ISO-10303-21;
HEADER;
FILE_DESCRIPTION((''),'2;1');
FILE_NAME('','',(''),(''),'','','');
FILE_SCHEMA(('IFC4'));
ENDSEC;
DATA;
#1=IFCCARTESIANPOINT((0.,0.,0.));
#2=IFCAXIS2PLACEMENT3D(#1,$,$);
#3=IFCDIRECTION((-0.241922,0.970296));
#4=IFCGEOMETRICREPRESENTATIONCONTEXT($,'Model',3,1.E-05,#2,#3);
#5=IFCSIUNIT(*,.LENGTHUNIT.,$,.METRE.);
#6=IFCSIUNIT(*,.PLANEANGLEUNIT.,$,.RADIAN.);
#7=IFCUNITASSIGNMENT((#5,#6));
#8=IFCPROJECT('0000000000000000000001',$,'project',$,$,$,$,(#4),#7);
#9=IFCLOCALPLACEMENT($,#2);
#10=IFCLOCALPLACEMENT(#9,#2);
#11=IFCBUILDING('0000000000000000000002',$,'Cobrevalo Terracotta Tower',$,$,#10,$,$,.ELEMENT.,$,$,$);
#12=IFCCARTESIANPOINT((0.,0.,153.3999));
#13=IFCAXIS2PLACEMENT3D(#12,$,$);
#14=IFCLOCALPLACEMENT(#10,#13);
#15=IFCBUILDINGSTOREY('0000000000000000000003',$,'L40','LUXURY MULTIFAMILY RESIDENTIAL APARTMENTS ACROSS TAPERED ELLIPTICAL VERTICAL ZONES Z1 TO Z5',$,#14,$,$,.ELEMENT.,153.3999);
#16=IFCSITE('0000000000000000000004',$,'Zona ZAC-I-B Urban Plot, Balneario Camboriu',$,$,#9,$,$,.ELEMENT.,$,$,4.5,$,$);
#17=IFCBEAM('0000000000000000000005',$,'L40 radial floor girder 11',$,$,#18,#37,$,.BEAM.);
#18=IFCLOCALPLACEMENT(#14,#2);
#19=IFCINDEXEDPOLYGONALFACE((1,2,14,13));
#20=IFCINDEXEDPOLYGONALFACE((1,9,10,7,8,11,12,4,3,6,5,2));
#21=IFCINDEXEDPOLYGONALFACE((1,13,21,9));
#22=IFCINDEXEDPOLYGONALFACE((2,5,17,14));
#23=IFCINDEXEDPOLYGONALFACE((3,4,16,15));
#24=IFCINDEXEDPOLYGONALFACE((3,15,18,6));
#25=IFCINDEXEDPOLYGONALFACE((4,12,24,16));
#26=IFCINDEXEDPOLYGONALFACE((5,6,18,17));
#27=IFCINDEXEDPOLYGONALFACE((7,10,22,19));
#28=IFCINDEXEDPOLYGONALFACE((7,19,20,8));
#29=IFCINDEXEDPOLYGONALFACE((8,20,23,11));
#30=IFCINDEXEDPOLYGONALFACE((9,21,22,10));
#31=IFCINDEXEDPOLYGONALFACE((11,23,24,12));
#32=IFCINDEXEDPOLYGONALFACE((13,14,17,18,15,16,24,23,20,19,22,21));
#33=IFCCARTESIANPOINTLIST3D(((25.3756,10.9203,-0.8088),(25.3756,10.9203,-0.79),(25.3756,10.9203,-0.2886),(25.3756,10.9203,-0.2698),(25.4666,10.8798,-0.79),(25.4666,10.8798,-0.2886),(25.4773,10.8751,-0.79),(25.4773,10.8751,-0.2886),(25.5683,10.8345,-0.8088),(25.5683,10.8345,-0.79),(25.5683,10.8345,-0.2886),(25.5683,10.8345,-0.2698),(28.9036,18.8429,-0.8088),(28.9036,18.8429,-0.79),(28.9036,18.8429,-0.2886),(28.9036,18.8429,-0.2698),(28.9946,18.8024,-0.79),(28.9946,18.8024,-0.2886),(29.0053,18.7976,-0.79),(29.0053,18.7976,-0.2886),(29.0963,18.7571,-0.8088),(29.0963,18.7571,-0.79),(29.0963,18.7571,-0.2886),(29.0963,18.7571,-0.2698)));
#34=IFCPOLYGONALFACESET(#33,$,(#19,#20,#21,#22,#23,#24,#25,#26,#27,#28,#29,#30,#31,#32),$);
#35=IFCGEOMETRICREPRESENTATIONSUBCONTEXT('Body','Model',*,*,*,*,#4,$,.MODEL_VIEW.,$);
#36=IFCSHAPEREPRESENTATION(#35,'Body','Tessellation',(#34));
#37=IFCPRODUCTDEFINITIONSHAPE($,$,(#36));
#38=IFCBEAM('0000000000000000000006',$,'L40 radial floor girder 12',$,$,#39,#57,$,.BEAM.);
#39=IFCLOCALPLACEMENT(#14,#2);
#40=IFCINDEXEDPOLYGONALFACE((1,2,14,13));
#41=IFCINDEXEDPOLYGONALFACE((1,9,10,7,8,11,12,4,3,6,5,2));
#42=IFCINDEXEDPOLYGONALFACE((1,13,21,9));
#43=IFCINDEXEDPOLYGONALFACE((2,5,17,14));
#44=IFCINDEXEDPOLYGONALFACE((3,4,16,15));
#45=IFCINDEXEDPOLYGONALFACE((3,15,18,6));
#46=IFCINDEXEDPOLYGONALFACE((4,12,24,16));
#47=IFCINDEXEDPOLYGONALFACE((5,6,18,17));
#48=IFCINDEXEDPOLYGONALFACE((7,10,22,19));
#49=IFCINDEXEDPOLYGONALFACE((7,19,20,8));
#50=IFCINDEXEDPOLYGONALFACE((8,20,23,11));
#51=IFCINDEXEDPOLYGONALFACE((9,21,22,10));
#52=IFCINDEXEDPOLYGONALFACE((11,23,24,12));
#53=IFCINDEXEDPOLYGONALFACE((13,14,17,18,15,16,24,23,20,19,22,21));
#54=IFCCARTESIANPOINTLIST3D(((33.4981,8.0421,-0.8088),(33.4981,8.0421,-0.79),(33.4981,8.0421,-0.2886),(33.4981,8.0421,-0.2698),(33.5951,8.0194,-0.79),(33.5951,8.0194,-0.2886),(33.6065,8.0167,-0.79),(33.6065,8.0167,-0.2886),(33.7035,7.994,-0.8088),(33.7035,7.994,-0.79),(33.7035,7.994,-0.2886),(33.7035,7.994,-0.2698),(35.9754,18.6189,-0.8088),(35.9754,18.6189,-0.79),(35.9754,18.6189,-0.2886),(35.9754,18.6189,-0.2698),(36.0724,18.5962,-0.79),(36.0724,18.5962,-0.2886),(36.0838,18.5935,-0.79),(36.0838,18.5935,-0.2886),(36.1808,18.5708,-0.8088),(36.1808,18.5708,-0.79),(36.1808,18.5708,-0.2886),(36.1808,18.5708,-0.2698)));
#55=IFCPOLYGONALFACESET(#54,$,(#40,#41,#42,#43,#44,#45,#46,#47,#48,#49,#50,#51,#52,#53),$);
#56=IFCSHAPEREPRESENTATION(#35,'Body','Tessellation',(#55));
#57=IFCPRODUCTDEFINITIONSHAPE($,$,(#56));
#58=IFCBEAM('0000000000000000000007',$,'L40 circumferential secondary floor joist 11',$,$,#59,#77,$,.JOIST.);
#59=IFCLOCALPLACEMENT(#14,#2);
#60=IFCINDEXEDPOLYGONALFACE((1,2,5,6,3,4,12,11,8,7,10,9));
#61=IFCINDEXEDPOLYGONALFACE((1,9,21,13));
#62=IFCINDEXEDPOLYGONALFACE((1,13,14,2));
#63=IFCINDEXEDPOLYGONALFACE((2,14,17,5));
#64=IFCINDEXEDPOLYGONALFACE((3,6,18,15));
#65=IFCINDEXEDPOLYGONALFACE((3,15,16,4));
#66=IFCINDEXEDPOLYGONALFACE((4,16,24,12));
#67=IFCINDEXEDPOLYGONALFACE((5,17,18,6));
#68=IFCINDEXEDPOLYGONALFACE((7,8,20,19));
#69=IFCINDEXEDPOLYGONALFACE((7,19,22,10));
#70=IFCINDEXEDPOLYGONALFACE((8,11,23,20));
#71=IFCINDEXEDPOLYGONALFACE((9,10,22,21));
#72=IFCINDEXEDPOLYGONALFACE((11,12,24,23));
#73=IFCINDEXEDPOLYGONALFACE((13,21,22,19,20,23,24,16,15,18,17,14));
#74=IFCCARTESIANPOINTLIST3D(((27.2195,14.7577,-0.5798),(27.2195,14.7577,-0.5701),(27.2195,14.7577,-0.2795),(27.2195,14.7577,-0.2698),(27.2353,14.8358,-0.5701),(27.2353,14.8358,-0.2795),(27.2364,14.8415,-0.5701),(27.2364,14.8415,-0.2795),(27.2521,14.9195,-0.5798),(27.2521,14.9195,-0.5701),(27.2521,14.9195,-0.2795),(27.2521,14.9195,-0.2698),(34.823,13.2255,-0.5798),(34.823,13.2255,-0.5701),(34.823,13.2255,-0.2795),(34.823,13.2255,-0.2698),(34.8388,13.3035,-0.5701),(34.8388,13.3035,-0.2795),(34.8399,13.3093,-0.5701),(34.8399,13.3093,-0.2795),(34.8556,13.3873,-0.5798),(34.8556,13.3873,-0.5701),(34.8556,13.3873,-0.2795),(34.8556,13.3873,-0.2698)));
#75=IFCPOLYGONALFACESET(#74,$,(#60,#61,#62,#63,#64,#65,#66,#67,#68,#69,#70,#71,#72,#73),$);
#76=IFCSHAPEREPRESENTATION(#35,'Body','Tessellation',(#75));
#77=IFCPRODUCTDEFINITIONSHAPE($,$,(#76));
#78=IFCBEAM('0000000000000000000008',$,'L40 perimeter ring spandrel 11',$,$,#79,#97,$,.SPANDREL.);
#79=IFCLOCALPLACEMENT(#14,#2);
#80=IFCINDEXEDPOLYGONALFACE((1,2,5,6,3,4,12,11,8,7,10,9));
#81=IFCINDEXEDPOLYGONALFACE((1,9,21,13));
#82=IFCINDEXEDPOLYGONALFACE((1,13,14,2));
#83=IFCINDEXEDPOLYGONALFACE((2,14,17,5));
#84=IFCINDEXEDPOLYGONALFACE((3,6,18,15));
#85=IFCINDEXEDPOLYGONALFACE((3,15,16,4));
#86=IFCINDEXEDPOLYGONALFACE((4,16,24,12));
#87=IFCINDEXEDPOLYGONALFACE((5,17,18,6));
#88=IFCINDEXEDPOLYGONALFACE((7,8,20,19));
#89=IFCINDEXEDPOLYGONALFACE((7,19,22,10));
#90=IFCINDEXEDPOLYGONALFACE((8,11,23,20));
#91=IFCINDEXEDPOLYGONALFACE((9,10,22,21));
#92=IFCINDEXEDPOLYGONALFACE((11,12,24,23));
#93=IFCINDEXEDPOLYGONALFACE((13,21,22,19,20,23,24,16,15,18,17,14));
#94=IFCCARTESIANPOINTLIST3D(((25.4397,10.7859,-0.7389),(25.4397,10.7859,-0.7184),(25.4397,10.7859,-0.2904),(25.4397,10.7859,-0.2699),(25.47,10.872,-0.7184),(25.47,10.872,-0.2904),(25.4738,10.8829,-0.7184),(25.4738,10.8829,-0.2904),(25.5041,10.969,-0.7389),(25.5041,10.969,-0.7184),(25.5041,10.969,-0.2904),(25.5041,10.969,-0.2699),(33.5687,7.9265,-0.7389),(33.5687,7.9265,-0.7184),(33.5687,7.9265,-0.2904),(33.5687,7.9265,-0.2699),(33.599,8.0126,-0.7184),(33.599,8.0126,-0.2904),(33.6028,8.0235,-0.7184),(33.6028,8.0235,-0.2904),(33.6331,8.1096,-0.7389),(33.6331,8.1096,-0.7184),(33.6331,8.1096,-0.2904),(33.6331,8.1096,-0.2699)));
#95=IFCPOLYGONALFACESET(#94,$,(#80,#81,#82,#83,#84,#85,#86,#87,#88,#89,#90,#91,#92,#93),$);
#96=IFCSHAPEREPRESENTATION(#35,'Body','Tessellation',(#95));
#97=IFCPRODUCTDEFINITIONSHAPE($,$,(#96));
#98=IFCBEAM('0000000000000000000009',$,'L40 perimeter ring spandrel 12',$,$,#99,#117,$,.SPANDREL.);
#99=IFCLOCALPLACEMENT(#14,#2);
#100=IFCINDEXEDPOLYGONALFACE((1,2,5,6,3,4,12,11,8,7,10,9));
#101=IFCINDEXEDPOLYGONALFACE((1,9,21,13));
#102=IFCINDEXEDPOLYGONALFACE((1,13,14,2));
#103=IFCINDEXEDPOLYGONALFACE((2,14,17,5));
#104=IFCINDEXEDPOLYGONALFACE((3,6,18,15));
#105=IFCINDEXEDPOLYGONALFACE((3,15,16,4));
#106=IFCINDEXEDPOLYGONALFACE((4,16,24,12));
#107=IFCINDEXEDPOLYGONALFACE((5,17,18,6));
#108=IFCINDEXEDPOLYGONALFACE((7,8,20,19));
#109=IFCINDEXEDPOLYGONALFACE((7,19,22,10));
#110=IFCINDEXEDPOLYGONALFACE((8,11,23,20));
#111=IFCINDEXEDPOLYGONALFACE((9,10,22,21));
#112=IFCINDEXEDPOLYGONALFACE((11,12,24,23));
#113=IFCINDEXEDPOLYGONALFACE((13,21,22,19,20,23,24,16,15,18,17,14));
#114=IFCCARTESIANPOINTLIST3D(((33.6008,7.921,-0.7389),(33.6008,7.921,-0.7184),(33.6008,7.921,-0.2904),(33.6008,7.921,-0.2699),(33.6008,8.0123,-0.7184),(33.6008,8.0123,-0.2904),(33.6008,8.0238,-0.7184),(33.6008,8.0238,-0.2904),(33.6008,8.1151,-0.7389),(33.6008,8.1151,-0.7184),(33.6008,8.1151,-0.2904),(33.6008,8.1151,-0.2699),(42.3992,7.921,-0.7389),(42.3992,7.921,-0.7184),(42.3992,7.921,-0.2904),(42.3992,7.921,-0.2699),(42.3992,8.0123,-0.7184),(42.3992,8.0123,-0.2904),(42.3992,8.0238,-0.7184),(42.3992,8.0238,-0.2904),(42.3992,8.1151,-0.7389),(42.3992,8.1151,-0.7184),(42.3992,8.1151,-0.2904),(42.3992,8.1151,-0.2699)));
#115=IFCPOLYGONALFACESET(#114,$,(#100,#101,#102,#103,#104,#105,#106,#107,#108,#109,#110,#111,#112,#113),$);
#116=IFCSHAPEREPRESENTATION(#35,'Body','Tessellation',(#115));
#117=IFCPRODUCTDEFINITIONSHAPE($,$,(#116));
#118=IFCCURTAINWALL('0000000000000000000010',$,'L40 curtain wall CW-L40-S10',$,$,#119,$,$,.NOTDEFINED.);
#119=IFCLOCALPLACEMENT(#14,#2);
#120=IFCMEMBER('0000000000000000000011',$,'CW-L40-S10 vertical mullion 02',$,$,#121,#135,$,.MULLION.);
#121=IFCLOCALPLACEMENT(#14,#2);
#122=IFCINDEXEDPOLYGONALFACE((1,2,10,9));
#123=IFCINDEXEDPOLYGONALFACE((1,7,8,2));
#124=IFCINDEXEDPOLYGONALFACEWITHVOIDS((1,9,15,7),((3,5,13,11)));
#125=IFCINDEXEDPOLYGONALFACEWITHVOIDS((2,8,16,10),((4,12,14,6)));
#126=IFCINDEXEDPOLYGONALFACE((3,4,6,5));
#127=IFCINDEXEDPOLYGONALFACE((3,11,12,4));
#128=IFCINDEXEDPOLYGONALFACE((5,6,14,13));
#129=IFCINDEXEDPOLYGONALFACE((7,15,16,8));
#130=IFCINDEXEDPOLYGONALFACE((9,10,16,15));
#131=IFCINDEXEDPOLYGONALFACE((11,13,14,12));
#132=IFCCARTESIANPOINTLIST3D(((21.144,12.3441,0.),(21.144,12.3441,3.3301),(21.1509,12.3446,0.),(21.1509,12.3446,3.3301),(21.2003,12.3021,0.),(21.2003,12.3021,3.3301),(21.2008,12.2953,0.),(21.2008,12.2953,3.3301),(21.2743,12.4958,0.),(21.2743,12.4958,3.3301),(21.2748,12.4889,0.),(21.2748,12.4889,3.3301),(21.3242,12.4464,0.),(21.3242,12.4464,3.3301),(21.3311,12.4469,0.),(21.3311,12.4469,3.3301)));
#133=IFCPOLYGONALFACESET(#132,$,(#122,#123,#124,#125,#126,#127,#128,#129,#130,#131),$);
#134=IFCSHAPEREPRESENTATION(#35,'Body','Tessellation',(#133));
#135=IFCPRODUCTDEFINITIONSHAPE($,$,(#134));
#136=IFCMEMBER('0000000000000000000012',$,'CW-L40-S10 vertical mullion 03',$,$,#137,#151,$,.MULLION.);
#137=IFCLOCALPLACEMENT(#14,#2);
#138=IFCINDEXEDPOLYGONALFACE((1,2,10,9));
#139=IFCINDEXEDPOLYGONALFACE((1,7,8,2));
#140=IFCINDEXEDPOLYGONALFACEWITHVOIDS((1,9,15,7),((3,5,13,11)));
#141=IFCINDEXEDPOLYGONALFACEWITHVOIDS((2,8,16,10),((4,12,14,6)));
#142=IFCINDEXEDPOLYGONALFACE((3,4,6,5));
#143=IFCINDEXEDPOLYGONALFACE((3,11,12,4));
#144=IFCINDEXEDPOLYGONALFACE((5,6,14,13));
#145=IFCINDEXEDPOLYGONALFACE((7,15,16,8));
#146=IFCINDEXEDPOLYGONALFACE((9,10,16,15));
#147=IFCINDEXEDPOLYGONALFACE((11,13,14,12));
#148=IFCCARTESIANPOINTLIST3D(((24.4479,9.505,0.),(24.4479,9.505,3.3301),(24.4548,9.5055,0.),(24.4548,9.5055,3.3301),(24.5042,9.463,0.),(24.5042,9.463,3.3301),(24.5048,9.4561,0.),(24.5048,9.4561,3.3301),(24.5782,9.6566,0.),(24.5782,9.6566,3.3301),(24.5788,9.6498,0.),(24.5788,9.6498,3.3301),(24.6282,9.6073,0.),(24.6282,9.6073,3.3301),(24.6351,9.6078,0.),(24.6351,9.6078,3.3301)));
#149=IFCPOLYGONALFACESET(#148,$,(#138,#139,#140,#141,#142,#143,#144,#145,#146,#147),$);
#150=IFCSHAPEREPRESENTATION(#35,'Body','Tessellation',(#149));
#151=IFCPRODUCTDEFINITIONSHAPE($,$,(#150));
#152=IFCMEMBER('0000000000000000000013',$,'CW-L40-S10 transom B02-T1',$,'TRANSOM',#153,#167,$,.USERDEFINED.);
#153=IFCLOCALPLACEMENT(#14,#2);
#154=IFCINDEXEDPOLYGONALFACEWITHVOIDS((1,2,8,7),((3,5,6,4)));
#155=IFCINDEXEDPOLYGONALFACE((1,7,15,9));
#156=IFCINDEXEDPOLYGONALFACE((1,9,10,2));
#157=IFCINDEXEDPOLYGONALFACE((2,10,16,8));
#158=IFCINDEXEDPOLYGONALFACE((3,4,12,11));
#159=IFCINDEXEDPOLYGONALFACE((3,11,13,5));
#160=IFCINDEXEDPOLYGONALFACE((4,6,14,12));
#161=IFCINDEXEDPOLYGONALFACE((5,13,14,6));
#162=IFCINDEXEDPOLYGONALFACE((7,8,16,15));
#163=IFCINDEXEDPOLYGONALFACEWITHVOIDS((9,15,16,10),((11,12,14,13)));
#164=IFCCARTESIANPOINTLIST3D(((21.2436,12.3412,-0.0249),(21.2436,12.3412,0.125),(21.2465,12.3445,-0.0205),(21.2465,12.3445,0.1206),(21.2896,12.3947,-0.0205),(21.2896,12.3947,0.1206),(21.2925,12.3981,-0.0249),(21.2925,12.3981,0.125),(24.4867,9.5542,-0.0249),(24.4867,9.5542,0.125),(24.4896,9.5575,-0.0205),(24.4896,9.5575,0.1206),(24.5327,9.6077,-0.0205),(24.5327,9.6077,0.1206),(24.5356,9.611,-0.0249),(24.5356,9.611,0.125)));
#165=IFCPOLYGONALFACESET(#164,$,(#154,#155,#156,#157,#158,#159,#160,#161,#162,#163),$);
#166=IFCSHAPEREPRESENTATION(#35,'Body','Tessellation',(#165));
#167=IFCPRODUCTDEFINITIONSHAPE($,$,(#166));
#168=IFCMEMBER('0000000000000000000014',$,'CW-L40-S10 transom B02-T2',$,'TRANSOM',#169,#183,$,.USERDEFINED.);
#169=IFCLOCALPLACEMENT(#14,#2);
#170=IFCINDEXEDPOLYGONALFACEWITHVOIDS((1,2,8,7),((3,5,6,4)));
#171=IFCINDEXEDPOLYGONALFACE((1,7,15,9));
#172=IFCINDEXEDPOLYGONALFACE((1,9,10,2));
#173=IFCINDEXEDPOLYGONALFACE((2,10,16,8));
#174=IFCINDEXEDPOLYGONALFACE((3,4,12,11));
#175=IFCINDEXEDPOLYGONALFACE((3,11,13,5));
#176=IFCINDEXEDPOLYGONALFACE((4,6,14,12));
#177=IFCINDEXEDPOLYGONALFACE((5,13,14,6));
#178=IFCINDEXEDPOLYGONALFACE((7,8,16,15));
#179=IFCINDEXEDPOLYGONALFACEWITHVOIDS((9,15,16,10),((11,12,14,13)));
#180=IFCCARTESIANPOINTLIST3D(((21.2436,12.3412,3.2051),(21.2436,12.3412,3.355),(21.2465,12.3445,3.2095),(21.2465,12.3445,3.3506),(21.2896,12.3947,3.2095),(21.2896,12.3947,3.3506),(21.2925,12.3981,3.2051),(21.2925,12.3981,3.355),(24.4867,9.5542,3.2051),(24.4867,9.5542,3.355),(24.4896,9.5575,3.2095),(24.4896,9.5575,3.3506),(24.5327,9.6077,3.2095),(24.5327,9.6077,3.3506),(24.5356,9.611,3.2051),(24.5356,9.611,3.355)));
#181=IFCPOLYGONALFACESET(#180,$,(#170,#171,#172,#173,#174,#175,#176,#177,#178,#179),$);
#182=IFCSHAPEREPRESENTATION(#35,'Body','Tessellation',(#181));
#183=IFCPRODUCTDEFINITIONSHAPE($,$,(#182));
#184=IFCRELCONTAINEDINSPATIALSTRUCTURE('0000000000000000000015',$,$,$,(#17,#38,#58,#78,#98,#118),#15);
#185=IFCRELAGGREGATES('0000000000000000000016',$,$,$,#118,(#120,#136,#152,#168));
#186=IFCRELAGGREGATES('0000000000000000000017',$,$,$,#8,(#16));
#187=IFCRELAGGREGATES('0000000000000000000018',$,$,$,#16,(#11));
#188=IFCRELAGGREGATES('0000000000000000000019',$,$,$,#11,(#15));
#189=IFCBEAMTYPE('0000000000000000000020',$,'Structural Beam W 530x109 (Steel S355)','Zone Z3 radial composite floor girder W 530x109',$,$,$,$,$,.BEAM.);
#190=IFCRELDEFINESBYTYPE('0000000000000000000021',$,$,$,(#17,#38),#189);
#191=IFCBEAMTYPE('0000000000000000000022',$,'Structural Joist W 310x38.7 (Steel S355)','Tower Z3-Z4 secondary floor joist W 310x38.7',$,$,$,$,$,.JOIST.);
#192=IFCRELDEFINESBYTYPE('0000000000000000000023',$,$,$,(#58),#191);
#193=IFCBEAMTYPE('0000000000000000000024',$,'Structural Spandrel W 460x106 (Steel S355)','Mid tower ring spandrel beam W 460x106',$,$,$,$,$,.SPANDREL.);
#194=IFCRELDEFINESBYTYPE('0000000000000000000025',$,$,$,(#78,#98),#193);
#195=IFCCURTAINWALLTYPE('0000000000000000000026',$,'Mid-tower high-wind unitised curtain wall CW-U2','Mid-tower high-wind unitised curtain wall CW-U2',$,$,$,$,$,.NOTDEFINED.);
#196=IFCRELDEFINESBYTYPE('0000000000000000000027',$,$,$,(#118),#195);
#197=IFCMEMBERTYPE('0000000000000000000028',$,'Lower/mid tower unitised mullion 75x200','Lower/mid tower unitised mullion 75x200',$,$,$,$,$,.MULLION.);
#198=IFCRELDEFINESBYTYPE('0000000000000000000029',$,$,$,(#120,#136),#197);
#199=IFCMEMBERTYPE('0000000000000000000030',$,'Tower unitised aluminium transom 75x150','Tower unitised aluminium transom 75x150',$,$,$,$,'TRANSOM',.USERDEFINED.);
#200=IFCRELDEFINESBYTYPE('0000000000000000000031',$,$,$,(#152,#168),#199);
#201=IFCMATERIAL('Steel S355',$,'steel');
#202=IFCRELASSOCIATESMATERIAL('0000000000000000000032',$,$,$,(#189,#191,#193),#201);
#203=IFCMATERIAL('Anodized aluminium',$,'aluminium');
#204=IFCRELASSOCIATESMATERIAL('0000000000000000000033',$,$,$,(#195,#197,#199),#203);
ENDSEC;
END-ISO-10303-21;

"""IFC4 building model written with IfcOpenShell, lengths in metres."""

from ifc_helpers import new_model, si_unit, direction, frame, origin, origin_2d, place, context, subcontext, project, spatial, hollow_rectangle, i_section, extrude, source, transform, mapped, material, material_profile, profile_set, type_object, element, aggregate, save


model = new_model("IFC4")

# Units and contexts
model_context = context("Model", 3, precision=1e-05, world=origin(), true_north=direction((-0.241922, 0.970296)))
body_context = subcontext(model_context, "Body", "Model", "MODEL_VIEW")
ifc_project = project(units=[si_unit("LENGTHUNIT", "METRE"), si_unit("PLANEANGLEUNIT", "RADIAN")], contexts=[model_context])

# Site, building, storey
site_placement = place(None, origin())
site = spatial("IfcSite", under=ifc_project, at=site_placement, Name="Zona ZAC-I-B Urban Plot, Balneario Camboriu", CompositionType="ELEMENT", RefElevation=4.5)
building_placement = place(site_placement, origin())
building = spatial("IfcBuilding", under=site, at=building_placement, Name="Cobrevalo Terracotta Tower", CompositionType="ELEMENT")
storey_placement = place(building_placement, frame((0.0, 0.0, 153.3999)))
storey = spatial("IfcBuildingStorey", under=building, at=storey_placement, Name="L40", Description="LUXURY MULTIFAMILY RESIDENTIAL APARTMENTS ACROSS TAPERED ELLIPTICAL VERTICAL ZONES Z1 TO Z5", CompositionType="ELEMENT", Elevation=153.3999)

# Shared definitions
ifc_material_1 = material(Name="Steel S355", Category="steel")

# Beams
ifc_material_profile_1 = material_profile(ifc_material_1, i_section(OverallWidth=0.2109, OverallDepth=0.5391, WebThickness=0.0117, FlangeThickness=0.0188, at=origin_2d()), Name="W 530x109")
ifc_profile_set_1 = profile_set([ifc_material_profile_1], Name="Steel S355")
beam_type_1 = type_object("IfcBeamType", Name="Structural Beam W 530x109 (Steel S355)", Description="Zone Z3 radial composite floor girder W 530x109", PredefinedType="BEAM", material=ifc_profile_set_1)
beam_1_placement = place(storey_placement, frame((25.4719, 10.8774, -0.5393), z_axis=(0.406804, 0.913515, 0.0), x_axis=(-0.913515, 0.406804, 0.0)))
element("IfcBeam", 1, at=beam_1_placement, inside=storey, type_object=beam_type_1, Name="L40 radial floor girder 11", PredefinedType="BEAM", context=body_context, shape_type="SweptSolid", body=[
    extrude(i_section(OverallWidth=0.2109, OverallDepth=0.5391, WebThickness=0.0117, FlangeThickness=0.0188, at=origin_2d()), origin(), (0.0, 0.0, 1.0), 8.6726),
])
beam_2_placement = place(storey_placement, frame((33.6008, 8.0181, -0.5393), z_axis=(0.228046, 0.97365, 0.0), x_axis=(-0.97365, 0.228046, 0.0)))
element("IfcBeam", 2, at=beam_2_placement, inside=storey, type_object=beam_type_1, Name="L40 radial floor girder 12", PredefinedType="BEAM", context=body_context, shape_type="SweptSolid", body=[
    extrude(i_section(OverallWidth=0.2109, OverallDepth=0.5391, WebThickness=0.0117, FlangeThickness=0.0188, at=origin_2d()), origin(), (0.0, 0.0, 1.0), 10.863),
])
ifc_material_profile_2 = material_profile(ifc_material_1, i_section(OverallWidth=0.165, OverallDepth=0.3101, WebThickness=0.0059, FlangeThickness=0.0098, at=origin_2d()), Name="W 310x38.7")
ifc_profile_set_2 = profile_set([ifc_material_profile_2], Name="Steel S355")
beam_type_2 = type_object("IfcBeamType", Name="Structural Joist W 310x38.7 (Steel S355)", Description="Tower Z3-Z4 secondary floor joist W 310x38.7", PredefinedType="JOIST", material=ifc_profile_set_2)
beam_3_placement = place(storey_placement, frame((27.2358, 14.8386, -0.4248), z_axis=(0.980294, -0.197544, 0.0), x_axis=(0.197544, 0.980294, 0.0)))
element("IfcBeam", 3, at=beam_3_placement, inside=storey, type_object=beam_type_2, Name="L40 circumferential secondary floor joist 11", PredefinedType="JOIST", context=body_context, shape_type="SweptSolid", body=[
    extrude(i_section(OverallWidth=0.165, OverallDepth=0.3101, WebThickness=0.0059, FlangeThickness=0.0098, at=origin_2d()), origin(), (0.0, 0.0, 1.0), 7.7563),
])
ifc_material_profile_3 = material_profile(ifc_material_1, i_section(OverallWidth=0.1941, OverallDepth=0.469, WebThickness=0.0115, FlangeThickness=0.0205, at=origin_2d()), Name="W 460x106")
ifc_profile_set_3 = profile_set([ifc_material_profile_3], Name="Steel S355")
beam_type_3 = type_object("IfcBeamType", Name="Structural Spandrel W 460x106 (Steel S355)", Description="Mid tower ring spandrel beam W 460x106", PredefinedType="SPANDREL", material=ifc_profile_set_3)
beam_4_placement = place(storey_placement, frame((25.4719, 10.8774, -0.5044), z_axis=(0.943341, -0.331824, 0.0), x_axis=(0.331824, 0.943341, 0.0)))
element("IfcBeam", 4, at=beam_4_placement, inside=storey, type_object=beam_type_3, Name="L40 perimeter ring spandrel 11", PredefinedType="SPANDREL", context=body_context, shape_type="SweptSolid", body=[
    extrude(i_section(OverallWidth=0.1941, OverallDepth=0.469, WebThickness=0.0115, FlangeThickness=0.0205, at=origin_2d()), origin(), (0.0, 0.0, 1.0), 8.6172),
])
beam_5_placement = place(storey_placement, frame((33.6008, 8.0181, -0.5044), z_axis=(1.0, 0.0, 0.0), x_axis=(0.0, 1.0, 0.0)))
element("IfcBeam", 5, at=beam_5_placement, inside=storey, type_object=beam_type_3, Name="L40 perimeter ring spandrel 12", PredefinedType="SPANDREL", context=body_context, shape_type="SweptSolid", body=[
    extrude(i_section(OverallWidth=0.1941, OverallDepth=0.469, WebThickness=0.0115, FlangeThickness=0.0205, at=origin_2d()), origin(), (0.0, 0.0, 1.0), 8.7983),
])

# Curtain wall, members
ifc_material_2 = material(Name="Anodized aluminium", Category="aluminium")
curtain_wall_type = type_object("IfcCurtainWallType", Name="Mid-tower high-wind unitised curtain wall CW-U2", Description="Mid-tower high-wind unitised curtain wall CW-U2", PredefinedType="NOTDEFINED", material=ifc_material_2)
curtain_wall_placement = place(storey_placement, origin())
curtain_wall = element("IfcCurtainWall", 6, at=curtain_wall_placement, inside=storey, type_object=curtain_wall_type, Name="L40 curtain wall CW-L40-S10", PredefinedType="NOTDEFINED")
ifc_material_profile_4 = material_profile(ifc_material_2, hollow_rectangle(XDim=0.075, YDim=0.2, WallThickness=0.0049, at=origin_2d()), Name="CWM 75x200")
ifc_profile_set_4 = profile_set([ifc_material_profile_4], Name="Anodized aluminium")
member_type_1 = type_object("IfcMemberType", Name="Lower/mid tower unitised mullion 75x200", Description="Lower/mid tower unitised mullion 75x200", PredefinedType="MULLION", material=ifc_profile_set_4)
shared_shape_1 = source(origin(), body_context, "Body", "SweptSolid", [
    extrude(hollow_rectangle(XDim=0.075, YDim=0.2, WallThickness=0.0049, at=origin_2d()), origin(), (0.0, 0.0, 1.0), 3.3301),
])
member_1_placement = place(storey_placement, frame((21.2375, 12.3955, 0.0), z_axis=(0.0, 0.0, 1.0), x_axis=(0.758442, -0.651741, 0.0)))
member_1 = element("IfcMember", 7, at=member_1_placement, type_object=member_type_1, Name="CW-L40-S10 vertical mullion 02", PredefinedType="MULLION", context=body_context, shape_type="MappedRepresentation", body=[
    mapped(shared_shape_1, transform((0.0, 0.0, 0.0), scale=1.0)),
])
member_2_placement = place(storey_placement, frame((24.5415, 9.5564, 0.0), z_axis=(0.0, 0.0, 1.0), x_axis=(0.758442, -0.651741, 0.0)))
member_2 = element("IfcMember", 8, at=member_2_placement, type_object=member_type_1, Name="CW-L40-S10 vertical mullion 03", PredefinedType="MULLION", context=body_context, shape_type="MappedRepresentation", body=[
    mapped(shared_shape_1, transform((0.0, 0.0, 0.0), scale=1.0)),
])
ifc_material_profile_5 = material_profile(ifc_material_2, hollow_rectangle(XDim=0.075, YDim=0.1499, WallThickness=0.0044, at=origin_2d()), Name="CWT 75x150")
ifc_profile_set_5 = profile_set([ifc_material_profile_5], Name="Anodized aluminium")
member_type_2 = type_object("IfcMemberType", Name="Tower unitised aluminium transom 75x150", Description="Tower unitised aluminium transom 75x150", ElementType="TRANSOM", PredefinedType="USERDEFINED", material=ifc_profile_set_5)
shared_shape_2 = source(origin(), body_context, "Body", "SweptSolid", [
    extrude(hollow_rectangle(XDim=0.075, YDim=0.1499, WallThickness=0.0044, at=origin_2d()), origin(), (0.0, 0.0, 1.0), 4.2761),
])
member_3_placement = place(storey_placement, frame((21.2681, 12.3696, 0.05), z_axis=(0.758418, -0.651769, 0.0), x_axis=(0.651769, 0.758418, 0.0)))
member_3 = element("IfcMember", 9, at=member_3_placement, type_object=member_type_2, Name="CW-L40-S10 transom B02-T1", ObjectType="TRANSOM", PredefinedType="USERDEFINED", context=body_context, shape_type="MappedRepresentation", body=[
    mapped(shared_shape_2, transform((0.0, 0.0, 0.0), scale=1.0)),
])
member_4_placement = place(storey_placement, frame((21.2681, 12.3696, 3.28), z_axis=(0.758418, -0.651769, 0.0), x_axis=(0.651769, 0.758418, 0.0)))
member_4 = element("IfcMember", 10, at=member_4_placement, type_object=member_type_2, Name="CW-L40-S10 transom B02-T2", ObjectType="TRANSOM", PredefinedType="USERDEFINED", context=body_context, shape_type="MappedRepresentation", body=[
    mapped(shared_shape_2, transform((0.0, 0.0, 0.0), scale=1.0)),
])
aggregate(curtain_wall, [member_1, member_2, member_3, member_4])

save(model, "model.ifc")
